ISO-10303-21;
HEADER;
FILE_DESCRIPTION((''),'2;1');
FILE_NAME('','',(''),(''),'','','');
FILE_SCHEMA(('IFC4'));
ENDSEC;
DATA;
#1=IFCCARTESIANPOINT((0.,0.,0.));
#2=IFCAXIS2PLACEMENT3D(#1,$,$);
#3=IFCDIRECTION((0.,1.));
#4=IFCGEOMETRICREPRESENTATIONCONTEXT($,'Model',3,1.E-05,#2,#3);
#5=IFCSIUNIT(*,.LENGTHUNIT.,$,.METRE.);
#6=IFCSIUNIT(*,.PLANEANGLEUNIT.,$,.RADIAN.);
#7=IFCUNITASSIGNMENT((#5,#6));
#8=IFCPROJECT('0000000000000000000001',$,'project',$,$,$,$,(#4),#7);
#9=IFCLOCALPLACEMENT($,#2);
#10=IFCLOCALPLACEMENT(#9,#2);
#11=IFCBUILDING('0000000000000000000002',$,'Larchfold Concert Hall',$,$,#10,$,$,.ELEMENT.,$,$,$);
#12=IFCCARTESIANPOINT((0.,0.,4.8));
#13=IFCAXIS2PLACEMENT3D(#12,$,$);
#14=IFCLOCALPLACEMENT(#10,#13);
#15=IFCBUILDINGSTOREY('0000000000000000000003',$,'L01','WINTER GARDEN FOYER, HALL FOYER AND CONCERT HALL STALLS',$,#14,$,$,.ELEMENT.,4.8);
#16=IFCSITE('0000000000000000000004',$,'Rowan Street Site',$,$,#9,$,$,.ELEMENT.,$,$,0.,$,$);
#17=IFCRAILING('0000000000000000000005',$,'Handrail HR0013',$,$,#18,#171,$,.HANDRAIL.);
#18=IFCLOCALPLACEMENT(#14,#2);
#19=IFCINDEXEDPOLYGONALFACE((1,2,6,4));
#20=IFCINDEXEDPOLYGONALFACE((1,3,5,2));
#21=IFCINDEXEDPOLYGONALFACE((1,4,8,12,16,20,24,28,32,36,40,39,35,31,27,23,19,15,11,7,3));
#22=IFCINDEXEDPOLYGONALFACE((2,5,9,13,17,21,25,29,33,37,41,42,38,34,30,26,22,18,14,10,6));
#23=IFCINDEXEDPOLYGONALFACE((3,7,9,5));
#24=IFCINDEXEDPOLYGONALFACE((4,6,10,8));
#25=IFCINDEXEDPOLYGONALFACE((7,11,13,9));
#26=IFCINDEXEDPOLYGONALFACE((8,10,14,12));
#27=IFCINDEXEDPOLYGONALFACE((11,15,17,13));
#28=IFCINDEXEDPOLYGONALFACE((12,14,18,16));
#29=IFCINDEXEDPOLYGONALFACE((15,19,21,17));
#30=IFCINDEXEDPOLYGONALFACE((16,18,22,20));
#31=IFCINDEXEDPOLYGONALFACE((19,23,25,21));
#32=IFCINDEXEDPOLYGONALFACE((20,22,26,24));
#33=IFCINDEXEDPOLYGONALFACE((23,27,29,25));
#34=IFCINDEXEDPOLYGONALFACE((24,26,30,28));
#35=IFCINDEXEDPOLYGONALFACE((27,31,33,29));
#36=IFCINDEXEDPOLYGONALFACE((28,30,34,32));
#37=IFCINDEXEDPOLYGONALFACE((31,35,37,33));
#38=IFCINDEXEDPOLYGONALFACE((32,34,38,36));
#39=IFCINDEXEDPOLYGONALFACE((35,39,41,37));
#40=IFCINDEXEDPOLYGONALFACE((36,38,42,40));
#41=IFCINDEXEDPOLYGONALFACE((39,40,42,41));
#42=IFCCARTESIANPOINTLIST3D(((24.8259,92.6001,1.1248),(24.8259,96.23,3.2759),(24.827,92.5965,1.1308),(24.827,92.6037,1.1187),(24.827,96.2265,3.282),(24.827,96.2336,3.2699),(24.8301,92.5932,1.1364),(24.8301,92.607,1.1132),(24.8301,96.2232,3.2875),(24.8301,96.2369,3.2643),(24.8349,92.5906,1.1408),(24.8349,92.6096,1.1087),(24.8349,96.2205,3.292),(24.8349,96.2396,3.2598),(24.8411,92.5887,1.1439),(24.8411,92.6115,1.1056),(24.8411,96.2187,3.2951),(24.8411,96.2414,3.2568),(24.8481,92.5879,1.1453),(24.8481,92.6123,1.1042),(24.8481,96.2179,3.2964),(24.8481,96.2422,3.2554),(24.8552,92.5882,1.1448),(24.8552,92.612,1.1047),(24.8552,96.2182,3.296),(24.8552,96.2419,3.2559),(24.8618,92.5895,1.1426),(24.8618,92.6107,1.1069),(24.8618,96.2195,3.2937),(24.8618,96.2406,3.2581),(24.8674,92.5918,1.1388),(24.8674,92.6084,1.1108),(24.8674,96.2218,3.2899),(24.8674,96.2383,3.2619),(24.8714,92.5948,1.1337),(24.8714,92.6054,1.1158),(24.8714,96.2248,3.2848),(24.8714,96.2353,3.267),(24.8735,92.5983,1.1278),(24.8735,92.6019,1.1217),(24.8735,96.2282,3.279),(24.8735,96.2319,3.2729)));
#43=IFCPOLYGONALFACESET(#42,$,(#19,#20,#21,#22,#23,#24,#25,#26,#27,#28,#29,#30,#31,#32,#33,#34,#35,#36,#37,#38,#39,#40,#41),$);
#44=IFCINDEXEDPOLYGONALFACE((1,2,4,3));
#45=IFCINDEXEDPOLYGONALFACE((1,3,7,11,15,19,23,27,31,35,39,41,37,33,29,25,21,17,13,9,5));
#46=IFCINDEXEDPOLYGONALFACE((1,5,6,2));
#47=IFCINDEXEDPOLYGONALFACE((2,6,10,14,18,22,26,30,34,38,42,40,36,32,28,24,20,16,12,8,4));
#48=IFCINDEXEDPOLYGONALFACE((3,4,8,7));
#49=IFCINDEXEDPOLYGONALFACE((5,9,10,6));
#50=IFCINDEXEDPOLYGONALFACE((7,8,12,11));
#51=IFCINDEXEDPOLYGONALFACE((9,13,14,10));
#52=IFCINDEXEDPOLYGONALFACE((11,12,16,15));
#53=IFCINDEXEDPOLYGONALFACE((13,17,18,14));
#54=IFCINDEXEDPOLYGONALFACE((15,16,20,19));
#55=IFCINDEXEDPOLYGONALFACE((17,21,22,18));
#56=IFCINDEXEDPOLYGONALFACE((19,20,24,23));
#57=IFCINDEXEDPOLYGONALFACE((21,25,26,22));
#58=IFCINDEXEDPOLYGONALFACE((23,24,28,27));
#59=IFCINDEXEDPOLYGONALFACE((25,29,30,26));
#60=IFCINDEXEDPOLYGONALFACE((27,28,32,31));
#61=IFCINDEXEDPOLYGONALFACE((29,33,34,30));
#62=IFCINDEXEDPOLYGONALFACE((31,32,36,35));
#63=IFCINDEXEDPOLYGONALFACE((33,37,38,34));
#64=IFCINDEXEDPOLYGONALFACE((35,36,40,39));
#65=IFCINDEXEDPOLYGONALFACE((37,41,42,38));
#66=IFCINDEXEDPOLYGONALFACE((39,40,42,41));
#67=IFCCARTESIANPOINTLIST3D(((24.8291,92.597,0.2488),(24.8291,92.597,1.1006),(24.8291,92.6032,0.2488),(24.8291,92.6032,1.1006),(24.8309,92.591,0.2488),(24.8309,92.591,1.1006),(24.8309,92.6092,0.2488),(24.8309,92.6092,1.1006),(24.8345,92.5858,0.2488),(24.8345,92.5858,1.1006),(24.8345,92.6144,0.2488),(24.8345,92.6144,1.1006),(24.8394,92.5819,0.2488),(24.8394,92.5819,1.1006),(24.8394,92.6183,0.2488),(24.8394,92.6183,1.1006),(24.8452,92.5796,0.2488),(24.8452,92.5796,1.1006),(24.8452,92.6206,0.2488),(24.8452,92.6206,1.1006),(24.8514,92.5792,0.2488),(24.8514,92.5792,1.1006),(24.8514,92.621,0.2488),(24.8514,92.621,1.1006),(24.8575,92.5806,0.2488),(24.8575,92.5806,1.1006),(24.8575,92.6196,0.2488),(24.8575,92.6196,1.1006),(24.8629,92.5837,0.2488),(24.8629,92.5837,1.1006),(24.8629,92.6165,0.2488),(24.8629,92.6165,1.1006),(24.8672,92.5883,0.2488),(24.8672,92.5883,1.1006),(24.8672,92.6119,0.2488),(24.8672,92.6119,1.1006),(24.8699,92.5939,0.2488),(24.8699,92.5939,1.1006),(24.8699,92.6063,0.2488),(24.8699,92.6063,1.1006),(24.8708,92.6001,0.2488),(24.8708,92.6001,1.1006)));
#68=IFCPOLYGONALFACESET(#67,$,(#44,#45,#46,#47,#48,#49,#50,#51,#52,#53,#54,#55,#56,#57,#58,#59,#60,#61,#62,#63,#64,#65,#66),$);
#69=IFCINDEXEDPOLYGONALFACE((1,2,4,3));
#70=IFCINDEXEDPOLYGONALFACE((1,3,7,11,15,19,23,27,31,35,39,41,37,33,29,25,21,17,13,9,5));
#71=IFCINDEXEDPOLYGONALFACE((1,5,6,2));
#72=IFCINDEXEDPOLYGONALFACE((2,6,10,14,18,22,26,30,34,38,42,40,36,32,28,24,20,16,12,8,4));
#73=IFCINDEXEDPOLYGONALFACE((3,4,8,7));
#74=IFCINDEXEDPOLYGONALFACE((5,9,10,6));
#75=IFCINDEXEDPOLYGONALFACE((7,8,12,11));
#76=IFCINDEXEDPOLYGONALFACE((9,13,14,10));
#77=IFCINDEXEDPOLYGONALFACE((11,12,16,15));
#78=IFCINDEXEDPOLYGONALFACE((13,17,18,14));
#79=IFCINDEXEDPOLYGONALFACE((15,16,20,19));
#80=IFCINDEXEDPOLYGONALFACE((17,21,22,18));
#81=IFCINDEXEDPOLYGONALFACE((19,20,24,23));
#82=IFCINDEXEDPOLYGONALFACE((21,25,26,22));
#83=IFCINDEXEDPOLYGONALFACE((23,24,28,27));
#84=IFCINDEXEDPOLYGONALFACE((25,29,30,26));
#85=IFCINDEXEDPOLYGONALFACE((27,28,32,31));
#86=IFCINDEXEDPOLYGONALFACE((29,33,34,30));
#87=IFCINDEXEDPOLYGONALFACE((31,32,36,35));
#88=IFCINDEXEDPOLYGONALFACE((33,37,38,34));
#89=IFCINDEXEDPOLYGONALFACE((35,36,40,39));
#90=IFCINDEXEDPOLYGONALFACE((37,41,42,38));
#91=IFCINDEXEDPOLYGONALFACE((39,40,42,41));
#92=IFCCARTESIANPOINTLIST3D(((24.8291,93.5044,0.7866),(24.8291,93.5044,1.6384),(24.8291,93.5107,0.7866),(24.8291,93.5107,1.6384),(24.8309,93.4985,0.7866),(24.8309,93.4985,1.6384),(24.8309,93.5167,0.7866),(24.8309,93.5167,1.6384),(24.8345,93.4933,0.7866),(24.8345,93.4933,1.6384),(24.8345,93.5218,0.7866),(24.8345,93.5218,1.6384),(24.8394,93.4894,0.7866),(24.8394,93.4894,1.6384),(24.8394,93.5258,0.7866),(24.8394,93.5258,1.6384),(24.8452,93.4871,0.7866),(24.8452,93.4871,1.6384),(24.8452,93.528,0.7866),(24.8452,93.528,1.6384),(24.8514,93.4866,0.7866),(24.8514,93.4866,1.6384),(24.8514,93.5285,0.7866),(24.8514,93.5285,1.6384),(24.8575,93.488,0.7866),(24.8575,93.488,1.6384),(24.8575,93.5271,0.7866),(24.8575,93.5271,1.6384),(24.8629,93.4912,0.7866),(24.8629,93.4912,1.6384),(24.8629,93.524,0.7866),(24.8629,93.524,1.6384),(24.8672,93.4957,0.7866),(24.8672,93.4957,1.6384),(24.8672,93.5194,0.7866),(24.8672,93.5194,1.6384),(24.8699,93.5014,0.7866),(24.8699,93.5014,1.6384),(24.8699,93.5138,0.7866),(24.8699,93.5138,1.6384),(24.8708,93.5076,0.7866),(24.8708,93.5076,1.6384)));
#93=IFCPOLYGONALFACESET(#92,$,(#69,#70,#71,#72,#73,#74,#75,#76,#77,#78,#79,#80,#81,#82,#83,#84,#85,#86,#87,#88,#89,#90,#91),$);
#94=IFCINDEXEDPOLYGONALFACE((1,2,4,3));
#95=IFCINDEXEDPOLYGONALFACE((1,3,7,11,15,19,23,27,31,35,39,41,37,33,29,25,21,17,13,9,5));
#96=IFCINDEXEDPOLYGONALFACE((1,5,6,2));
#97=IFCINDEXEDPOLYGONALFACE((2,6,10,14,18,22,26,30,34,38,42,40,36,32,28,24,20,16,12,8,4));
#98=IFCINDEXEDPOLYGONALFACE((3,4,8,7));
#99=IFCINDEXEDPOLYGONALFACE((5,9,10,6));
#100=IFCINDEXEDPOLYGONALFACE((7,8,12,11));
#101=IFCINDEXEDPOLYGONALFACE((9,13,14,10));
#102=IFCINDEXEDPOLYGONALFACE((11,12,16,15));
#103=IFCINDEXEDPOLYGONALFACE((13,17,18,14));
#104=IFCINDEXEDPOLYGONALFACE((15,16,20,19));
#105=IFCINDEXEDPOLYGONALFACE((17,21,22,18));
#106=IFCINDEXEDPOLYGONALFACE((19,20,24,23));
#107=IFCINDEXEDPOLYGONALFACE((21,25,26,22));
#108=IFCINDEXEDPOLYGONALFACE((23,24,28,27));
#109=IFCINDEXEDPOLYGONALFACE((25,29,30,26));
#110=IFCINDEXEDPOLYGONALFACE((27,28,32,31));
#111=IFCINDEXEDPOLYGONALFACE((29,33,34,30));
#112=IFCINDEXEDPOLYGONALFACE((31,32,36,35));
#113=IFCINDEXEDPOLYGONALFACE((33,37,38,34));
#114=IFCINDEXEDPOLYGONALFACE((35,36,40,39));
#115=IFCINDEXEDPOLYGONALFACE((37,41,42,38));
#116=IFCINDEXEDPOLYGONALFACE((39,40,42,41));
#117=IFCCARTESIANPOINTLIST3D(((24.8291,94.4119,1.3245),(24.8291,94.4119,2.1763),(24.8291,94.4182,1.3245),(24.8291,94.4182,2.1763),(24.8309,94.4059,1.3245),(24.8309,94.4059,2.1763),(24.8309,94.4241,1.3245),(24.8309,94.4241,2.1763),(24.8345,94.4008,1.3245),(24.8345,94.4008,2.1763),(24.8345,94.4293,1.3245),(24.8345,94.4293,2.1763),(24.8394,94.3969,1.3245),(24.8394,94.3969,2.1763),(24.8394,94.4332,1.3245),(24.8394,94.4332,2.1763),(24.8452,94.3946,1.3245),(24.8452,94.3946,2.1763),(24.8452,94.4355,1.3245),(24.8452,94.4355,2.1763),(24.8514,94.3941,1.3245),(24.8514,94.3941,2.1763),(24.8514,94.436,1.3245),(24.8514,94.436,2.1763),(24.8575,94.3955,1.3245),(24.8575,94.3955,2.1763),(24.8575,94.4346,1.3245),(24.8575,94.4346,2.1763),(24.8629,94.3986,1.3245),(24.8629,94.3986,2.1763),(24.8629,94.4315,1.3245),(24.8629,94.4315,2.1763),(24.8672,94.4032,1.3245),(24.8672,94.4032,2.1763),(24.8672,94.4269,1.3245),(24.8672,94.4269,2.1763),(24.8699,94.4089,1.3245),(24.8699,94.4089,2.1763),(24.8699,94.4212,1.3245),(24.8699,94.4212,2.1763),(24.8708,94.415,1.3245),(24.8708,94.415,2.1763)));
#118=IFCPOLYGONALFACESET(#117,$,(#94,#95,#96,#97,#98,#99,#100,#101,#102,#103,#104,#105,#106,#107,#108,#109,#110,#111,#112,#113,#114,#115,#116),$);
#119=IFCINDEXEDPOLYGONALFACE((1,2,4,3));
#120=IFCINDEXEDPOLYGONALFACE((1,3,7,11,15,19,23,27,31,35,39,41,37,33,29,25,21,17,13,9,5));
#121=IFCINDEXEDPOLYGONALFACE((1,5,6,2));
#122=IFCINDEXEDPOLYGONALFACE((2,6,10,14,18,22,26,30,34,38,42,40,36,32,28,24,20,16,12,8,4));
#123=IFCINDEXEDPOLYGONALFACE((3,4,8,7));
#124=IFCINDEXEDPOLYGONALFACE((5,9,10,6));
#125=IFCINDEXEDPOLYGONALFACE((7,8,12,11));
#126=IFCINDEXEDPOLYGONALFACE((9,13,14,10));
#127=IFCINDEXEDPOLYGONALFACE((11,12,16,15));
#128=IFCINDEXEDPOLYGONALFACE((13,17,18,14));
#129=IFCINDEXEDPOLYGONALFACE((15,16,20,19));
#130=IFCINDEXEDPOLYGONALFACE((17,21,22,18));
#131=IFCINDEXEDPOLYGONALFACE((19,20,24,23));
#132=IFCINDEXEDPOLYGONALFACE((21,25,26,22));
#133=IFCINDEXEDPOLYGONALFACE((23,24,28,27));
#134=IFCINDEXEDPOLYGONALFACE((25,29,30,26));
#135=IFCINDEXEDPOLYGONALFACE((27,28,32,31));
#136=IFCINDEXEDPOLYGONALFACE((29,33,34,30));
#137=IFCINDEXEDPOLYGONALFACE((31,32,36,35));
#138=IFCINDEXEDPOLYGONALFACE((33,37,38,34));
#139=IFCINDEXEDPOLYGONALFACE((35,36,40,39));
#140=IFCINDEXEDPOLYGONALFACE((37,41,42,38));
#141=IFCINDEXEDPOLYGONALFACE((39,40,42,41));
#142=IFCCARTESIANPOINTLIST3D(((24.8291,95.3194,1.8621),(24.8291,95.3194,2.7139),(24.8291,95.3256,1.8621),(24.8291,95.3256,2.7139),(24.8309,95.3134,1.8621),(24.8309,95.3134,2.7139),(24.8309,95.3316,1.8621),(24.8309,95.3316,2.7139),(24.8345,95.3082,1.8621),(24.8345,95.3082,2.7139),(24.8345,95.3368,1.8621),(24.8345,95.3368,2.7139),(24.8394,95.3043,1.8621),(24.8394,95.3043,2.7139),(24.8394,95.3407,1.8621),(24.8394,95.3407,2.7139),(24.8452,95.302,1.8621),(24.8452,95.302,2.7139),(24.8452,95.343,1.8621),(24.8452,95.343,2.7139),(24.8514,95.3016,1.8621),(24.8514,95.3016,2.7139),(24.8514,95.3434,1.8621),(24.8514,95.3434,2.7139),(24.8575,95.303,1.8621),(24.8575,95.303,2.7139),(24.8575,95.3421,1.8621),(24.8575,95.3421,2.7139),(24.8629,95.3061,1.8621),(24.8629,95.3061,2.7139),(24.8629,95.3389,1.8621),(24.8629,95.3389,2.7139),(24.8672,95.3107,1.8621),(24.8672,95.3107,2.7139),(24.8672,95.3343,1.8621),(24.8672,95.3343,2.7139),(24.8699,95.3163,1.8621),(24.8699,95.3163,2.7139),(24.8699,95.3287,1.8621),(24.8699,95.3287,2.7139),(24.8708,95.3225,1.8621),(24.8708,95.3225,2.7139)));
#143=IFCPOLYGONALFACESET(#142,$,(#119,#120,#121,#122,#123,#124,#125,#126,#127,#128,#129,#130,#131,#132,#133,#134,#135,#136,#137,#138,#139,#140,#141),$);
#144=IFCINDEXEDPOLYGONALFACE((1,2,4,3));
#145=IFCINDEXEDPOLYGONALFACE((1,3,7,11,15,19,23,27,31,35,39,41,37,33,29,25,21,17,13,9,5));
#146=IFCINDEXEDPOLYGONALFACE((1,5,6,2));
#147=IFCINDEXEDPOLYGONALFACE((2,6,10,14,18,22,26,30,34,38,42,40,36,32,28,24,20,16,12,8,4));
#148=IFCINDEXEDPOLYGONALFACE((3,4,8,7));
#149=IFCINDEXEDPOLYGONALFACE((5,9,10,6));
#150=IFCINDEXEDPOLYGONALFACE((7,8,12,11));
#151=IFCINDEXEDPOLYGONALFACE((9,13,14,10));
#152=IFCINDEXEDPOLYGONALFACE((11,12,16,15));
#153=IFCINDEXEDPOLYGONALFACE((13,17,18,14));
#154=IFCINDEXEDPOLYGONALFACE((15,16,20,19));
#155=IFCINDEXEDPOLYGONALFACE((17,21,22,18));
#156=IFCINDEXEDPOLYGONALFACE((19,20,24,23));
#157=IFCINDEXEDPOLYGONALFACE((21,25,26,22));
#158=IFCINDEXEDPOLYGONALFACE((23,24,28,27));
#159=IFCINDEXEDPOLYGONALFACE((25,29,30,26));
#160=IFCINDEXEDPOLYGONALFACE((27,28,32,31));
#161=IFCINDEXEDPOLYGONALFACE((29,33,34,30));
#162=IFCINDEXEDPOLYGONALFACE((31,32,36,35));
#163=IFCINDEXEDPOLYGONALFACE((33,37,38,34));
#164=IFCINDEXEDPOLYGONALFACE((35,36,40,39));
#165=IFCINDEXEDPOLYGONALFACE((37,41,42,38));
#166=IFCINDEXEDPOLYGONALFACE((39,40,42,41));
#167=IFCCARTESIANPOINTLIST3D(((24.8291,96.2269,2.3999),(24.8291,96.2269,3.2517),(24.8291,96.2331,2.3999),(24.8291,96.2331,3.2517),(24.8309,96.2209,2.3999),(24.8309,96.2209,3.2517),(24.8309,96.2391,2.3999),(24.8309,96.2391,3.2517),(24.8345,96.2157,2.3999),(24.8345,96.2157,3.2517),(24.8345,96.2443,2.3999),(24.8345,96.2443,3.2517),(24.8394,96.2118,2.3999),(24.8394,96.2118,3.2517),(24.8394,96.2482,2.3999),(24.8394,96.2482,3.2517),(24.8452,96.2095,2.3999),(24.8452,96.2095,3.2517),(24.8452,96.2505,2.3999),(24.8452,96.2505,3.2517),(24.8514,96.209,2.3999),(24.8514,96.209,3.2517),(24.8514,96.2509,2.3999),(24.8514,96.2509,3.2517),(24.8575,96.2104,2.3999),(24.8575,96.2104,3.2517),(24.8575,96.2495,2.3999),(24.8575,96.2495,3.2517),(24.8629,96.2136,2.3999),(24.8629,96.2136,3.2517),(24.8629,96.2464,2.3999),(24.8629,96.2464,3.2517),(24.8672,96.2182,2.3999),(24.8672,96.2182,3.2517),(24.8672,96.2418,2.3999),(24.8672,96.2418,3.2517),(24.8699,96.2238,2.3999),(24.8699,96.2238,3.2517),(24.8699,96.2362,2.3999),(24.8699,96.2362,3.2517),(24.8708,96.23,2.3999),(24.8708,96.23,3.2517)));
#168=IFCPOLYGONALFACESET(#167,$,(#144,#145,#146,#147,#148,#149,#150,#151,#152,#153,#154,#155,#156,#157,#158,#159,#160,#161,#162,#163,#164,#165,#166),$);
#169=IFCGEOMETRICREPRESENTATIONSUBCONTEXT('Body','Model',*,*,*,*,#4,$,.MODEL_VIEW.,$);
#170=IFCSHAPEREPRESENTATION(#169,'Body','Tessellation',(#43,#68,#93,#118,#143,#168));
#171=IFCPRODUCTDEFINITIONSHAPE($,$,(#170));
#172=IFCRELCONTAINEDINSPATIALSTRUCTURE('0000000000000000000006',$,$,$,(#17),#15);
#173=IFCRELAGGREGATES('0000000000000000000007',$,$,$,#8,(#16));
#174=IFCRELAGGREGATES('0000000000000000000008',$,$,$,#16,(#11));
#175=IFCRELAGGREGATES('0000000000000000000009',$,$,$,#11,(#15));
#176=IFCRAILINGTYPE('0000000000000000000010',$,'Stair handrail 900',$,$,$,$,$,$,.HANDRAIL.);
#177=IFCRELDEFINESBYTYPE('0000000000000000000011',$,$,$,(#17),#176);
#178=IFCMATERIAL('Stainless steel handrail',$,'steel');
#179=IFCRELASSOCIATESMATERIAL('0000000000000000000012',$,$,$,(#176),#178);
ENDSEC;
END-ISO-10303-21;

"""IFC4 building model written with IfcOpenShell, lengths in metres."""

from ifc_helpers import new_model, si_unit, direction, frame, origin, origin_2d, place, context, subcontext, project, spatial, circle, extrude, material, type_object, element, save


model = new_model("IFC4")

# Units and contexts
model_context = context("Model", 3, precision=1e-05, world=origin(), true_north=direction((0.0, 1.0)))
body_context = subcontext(model_context, "Body", "Model", "MODEL_VIEW")
ifc_project = project(units=[si_unit("LENGTHUNIT", "METRE"), si_unit("PLANEANGLEUNIT", "RADIAN")], contexts=[model_context])

# Site, building, storey
site_placement = place(None, origin())
site = spatial("IfcSite", under=ifc_project, at=site_placement, Name="Rowan Street Site", CompositionType="ELEMENT", RefElevation=0.0)
building_placement = place(site_placement, origin())
building = spatial("IfcBuilding", under=site, at=building_placement, Name="Larchfold Concert Hall", CompositionType="ELEMENT")
storey_placement = place(building_placement, frame((0.0, 0.0, 4.8)))
storey = spatial("IfcBuildingStorey", under=building, at=storey_placement, Name="L01", Description="WINTER GARDEN FOYER, HALL FOYER AND CONCERT HALL STALLS", CompositionType="ELEMENT", Elevation=4.8)

# Railing
ifc_material_1 = material(Name="Stainless steel handrail", Category="steel")
railing_type_1 = type_object("IfcRailingType", Name="Stair handrail 900", PredefinedType="HANDRAIL", material=ifc_material_1)
railing_1_placement = place(storey_placement, frame((24.8499, 92.6001, 0.2488)))
element("IfcRailing", 1, at=railing_1_placement, inside=storey, type_object=railing_type_1, Name="Handrail HR0013", PredefinedType="HANDRAIL", context=body_context, shape_type="SweptSolid", body=[
    extrude(circle(Radius=0.0239, at=origin_2d()), frame((0.0, 0.0, 0.876), z_axis=(0.0, 0.860283, 0.509817), x_axis=(-1.0, 0.0, 0.0)), (0.0, 0.0, 1.0), 4.2195),
    extrude(circle(Radius=0.021, at=origin_2d()), origin(), (0.0, 0.0, 1.0), 0.8518),
    extrude(circle(Radius=0.021, at=origin_2d()), frame((0.0, 0.9075, 0.5378)), (0.0, 0.0, 1.0), 0.8518),
    extrude(circle(Radius=0.021, at=origin_2d()), frame((0.0, 1.8149, 1.0757)), (0.0, 0.0, 1.0), 0.8518),
    extrude(circle(Radius=0.021, at=origin_2d()), frame((0.0, 2.7224, 1.6133)), (0.0, 0.0, 1.0), 0.8518),
    extrude(circle(Radius=0.021, at=origin_2d()), frame((0.0, 3.6299, 2.1511)), (0.0, 0.0, 1.0), 0.8518),
])

save(model, "model.ifc")
